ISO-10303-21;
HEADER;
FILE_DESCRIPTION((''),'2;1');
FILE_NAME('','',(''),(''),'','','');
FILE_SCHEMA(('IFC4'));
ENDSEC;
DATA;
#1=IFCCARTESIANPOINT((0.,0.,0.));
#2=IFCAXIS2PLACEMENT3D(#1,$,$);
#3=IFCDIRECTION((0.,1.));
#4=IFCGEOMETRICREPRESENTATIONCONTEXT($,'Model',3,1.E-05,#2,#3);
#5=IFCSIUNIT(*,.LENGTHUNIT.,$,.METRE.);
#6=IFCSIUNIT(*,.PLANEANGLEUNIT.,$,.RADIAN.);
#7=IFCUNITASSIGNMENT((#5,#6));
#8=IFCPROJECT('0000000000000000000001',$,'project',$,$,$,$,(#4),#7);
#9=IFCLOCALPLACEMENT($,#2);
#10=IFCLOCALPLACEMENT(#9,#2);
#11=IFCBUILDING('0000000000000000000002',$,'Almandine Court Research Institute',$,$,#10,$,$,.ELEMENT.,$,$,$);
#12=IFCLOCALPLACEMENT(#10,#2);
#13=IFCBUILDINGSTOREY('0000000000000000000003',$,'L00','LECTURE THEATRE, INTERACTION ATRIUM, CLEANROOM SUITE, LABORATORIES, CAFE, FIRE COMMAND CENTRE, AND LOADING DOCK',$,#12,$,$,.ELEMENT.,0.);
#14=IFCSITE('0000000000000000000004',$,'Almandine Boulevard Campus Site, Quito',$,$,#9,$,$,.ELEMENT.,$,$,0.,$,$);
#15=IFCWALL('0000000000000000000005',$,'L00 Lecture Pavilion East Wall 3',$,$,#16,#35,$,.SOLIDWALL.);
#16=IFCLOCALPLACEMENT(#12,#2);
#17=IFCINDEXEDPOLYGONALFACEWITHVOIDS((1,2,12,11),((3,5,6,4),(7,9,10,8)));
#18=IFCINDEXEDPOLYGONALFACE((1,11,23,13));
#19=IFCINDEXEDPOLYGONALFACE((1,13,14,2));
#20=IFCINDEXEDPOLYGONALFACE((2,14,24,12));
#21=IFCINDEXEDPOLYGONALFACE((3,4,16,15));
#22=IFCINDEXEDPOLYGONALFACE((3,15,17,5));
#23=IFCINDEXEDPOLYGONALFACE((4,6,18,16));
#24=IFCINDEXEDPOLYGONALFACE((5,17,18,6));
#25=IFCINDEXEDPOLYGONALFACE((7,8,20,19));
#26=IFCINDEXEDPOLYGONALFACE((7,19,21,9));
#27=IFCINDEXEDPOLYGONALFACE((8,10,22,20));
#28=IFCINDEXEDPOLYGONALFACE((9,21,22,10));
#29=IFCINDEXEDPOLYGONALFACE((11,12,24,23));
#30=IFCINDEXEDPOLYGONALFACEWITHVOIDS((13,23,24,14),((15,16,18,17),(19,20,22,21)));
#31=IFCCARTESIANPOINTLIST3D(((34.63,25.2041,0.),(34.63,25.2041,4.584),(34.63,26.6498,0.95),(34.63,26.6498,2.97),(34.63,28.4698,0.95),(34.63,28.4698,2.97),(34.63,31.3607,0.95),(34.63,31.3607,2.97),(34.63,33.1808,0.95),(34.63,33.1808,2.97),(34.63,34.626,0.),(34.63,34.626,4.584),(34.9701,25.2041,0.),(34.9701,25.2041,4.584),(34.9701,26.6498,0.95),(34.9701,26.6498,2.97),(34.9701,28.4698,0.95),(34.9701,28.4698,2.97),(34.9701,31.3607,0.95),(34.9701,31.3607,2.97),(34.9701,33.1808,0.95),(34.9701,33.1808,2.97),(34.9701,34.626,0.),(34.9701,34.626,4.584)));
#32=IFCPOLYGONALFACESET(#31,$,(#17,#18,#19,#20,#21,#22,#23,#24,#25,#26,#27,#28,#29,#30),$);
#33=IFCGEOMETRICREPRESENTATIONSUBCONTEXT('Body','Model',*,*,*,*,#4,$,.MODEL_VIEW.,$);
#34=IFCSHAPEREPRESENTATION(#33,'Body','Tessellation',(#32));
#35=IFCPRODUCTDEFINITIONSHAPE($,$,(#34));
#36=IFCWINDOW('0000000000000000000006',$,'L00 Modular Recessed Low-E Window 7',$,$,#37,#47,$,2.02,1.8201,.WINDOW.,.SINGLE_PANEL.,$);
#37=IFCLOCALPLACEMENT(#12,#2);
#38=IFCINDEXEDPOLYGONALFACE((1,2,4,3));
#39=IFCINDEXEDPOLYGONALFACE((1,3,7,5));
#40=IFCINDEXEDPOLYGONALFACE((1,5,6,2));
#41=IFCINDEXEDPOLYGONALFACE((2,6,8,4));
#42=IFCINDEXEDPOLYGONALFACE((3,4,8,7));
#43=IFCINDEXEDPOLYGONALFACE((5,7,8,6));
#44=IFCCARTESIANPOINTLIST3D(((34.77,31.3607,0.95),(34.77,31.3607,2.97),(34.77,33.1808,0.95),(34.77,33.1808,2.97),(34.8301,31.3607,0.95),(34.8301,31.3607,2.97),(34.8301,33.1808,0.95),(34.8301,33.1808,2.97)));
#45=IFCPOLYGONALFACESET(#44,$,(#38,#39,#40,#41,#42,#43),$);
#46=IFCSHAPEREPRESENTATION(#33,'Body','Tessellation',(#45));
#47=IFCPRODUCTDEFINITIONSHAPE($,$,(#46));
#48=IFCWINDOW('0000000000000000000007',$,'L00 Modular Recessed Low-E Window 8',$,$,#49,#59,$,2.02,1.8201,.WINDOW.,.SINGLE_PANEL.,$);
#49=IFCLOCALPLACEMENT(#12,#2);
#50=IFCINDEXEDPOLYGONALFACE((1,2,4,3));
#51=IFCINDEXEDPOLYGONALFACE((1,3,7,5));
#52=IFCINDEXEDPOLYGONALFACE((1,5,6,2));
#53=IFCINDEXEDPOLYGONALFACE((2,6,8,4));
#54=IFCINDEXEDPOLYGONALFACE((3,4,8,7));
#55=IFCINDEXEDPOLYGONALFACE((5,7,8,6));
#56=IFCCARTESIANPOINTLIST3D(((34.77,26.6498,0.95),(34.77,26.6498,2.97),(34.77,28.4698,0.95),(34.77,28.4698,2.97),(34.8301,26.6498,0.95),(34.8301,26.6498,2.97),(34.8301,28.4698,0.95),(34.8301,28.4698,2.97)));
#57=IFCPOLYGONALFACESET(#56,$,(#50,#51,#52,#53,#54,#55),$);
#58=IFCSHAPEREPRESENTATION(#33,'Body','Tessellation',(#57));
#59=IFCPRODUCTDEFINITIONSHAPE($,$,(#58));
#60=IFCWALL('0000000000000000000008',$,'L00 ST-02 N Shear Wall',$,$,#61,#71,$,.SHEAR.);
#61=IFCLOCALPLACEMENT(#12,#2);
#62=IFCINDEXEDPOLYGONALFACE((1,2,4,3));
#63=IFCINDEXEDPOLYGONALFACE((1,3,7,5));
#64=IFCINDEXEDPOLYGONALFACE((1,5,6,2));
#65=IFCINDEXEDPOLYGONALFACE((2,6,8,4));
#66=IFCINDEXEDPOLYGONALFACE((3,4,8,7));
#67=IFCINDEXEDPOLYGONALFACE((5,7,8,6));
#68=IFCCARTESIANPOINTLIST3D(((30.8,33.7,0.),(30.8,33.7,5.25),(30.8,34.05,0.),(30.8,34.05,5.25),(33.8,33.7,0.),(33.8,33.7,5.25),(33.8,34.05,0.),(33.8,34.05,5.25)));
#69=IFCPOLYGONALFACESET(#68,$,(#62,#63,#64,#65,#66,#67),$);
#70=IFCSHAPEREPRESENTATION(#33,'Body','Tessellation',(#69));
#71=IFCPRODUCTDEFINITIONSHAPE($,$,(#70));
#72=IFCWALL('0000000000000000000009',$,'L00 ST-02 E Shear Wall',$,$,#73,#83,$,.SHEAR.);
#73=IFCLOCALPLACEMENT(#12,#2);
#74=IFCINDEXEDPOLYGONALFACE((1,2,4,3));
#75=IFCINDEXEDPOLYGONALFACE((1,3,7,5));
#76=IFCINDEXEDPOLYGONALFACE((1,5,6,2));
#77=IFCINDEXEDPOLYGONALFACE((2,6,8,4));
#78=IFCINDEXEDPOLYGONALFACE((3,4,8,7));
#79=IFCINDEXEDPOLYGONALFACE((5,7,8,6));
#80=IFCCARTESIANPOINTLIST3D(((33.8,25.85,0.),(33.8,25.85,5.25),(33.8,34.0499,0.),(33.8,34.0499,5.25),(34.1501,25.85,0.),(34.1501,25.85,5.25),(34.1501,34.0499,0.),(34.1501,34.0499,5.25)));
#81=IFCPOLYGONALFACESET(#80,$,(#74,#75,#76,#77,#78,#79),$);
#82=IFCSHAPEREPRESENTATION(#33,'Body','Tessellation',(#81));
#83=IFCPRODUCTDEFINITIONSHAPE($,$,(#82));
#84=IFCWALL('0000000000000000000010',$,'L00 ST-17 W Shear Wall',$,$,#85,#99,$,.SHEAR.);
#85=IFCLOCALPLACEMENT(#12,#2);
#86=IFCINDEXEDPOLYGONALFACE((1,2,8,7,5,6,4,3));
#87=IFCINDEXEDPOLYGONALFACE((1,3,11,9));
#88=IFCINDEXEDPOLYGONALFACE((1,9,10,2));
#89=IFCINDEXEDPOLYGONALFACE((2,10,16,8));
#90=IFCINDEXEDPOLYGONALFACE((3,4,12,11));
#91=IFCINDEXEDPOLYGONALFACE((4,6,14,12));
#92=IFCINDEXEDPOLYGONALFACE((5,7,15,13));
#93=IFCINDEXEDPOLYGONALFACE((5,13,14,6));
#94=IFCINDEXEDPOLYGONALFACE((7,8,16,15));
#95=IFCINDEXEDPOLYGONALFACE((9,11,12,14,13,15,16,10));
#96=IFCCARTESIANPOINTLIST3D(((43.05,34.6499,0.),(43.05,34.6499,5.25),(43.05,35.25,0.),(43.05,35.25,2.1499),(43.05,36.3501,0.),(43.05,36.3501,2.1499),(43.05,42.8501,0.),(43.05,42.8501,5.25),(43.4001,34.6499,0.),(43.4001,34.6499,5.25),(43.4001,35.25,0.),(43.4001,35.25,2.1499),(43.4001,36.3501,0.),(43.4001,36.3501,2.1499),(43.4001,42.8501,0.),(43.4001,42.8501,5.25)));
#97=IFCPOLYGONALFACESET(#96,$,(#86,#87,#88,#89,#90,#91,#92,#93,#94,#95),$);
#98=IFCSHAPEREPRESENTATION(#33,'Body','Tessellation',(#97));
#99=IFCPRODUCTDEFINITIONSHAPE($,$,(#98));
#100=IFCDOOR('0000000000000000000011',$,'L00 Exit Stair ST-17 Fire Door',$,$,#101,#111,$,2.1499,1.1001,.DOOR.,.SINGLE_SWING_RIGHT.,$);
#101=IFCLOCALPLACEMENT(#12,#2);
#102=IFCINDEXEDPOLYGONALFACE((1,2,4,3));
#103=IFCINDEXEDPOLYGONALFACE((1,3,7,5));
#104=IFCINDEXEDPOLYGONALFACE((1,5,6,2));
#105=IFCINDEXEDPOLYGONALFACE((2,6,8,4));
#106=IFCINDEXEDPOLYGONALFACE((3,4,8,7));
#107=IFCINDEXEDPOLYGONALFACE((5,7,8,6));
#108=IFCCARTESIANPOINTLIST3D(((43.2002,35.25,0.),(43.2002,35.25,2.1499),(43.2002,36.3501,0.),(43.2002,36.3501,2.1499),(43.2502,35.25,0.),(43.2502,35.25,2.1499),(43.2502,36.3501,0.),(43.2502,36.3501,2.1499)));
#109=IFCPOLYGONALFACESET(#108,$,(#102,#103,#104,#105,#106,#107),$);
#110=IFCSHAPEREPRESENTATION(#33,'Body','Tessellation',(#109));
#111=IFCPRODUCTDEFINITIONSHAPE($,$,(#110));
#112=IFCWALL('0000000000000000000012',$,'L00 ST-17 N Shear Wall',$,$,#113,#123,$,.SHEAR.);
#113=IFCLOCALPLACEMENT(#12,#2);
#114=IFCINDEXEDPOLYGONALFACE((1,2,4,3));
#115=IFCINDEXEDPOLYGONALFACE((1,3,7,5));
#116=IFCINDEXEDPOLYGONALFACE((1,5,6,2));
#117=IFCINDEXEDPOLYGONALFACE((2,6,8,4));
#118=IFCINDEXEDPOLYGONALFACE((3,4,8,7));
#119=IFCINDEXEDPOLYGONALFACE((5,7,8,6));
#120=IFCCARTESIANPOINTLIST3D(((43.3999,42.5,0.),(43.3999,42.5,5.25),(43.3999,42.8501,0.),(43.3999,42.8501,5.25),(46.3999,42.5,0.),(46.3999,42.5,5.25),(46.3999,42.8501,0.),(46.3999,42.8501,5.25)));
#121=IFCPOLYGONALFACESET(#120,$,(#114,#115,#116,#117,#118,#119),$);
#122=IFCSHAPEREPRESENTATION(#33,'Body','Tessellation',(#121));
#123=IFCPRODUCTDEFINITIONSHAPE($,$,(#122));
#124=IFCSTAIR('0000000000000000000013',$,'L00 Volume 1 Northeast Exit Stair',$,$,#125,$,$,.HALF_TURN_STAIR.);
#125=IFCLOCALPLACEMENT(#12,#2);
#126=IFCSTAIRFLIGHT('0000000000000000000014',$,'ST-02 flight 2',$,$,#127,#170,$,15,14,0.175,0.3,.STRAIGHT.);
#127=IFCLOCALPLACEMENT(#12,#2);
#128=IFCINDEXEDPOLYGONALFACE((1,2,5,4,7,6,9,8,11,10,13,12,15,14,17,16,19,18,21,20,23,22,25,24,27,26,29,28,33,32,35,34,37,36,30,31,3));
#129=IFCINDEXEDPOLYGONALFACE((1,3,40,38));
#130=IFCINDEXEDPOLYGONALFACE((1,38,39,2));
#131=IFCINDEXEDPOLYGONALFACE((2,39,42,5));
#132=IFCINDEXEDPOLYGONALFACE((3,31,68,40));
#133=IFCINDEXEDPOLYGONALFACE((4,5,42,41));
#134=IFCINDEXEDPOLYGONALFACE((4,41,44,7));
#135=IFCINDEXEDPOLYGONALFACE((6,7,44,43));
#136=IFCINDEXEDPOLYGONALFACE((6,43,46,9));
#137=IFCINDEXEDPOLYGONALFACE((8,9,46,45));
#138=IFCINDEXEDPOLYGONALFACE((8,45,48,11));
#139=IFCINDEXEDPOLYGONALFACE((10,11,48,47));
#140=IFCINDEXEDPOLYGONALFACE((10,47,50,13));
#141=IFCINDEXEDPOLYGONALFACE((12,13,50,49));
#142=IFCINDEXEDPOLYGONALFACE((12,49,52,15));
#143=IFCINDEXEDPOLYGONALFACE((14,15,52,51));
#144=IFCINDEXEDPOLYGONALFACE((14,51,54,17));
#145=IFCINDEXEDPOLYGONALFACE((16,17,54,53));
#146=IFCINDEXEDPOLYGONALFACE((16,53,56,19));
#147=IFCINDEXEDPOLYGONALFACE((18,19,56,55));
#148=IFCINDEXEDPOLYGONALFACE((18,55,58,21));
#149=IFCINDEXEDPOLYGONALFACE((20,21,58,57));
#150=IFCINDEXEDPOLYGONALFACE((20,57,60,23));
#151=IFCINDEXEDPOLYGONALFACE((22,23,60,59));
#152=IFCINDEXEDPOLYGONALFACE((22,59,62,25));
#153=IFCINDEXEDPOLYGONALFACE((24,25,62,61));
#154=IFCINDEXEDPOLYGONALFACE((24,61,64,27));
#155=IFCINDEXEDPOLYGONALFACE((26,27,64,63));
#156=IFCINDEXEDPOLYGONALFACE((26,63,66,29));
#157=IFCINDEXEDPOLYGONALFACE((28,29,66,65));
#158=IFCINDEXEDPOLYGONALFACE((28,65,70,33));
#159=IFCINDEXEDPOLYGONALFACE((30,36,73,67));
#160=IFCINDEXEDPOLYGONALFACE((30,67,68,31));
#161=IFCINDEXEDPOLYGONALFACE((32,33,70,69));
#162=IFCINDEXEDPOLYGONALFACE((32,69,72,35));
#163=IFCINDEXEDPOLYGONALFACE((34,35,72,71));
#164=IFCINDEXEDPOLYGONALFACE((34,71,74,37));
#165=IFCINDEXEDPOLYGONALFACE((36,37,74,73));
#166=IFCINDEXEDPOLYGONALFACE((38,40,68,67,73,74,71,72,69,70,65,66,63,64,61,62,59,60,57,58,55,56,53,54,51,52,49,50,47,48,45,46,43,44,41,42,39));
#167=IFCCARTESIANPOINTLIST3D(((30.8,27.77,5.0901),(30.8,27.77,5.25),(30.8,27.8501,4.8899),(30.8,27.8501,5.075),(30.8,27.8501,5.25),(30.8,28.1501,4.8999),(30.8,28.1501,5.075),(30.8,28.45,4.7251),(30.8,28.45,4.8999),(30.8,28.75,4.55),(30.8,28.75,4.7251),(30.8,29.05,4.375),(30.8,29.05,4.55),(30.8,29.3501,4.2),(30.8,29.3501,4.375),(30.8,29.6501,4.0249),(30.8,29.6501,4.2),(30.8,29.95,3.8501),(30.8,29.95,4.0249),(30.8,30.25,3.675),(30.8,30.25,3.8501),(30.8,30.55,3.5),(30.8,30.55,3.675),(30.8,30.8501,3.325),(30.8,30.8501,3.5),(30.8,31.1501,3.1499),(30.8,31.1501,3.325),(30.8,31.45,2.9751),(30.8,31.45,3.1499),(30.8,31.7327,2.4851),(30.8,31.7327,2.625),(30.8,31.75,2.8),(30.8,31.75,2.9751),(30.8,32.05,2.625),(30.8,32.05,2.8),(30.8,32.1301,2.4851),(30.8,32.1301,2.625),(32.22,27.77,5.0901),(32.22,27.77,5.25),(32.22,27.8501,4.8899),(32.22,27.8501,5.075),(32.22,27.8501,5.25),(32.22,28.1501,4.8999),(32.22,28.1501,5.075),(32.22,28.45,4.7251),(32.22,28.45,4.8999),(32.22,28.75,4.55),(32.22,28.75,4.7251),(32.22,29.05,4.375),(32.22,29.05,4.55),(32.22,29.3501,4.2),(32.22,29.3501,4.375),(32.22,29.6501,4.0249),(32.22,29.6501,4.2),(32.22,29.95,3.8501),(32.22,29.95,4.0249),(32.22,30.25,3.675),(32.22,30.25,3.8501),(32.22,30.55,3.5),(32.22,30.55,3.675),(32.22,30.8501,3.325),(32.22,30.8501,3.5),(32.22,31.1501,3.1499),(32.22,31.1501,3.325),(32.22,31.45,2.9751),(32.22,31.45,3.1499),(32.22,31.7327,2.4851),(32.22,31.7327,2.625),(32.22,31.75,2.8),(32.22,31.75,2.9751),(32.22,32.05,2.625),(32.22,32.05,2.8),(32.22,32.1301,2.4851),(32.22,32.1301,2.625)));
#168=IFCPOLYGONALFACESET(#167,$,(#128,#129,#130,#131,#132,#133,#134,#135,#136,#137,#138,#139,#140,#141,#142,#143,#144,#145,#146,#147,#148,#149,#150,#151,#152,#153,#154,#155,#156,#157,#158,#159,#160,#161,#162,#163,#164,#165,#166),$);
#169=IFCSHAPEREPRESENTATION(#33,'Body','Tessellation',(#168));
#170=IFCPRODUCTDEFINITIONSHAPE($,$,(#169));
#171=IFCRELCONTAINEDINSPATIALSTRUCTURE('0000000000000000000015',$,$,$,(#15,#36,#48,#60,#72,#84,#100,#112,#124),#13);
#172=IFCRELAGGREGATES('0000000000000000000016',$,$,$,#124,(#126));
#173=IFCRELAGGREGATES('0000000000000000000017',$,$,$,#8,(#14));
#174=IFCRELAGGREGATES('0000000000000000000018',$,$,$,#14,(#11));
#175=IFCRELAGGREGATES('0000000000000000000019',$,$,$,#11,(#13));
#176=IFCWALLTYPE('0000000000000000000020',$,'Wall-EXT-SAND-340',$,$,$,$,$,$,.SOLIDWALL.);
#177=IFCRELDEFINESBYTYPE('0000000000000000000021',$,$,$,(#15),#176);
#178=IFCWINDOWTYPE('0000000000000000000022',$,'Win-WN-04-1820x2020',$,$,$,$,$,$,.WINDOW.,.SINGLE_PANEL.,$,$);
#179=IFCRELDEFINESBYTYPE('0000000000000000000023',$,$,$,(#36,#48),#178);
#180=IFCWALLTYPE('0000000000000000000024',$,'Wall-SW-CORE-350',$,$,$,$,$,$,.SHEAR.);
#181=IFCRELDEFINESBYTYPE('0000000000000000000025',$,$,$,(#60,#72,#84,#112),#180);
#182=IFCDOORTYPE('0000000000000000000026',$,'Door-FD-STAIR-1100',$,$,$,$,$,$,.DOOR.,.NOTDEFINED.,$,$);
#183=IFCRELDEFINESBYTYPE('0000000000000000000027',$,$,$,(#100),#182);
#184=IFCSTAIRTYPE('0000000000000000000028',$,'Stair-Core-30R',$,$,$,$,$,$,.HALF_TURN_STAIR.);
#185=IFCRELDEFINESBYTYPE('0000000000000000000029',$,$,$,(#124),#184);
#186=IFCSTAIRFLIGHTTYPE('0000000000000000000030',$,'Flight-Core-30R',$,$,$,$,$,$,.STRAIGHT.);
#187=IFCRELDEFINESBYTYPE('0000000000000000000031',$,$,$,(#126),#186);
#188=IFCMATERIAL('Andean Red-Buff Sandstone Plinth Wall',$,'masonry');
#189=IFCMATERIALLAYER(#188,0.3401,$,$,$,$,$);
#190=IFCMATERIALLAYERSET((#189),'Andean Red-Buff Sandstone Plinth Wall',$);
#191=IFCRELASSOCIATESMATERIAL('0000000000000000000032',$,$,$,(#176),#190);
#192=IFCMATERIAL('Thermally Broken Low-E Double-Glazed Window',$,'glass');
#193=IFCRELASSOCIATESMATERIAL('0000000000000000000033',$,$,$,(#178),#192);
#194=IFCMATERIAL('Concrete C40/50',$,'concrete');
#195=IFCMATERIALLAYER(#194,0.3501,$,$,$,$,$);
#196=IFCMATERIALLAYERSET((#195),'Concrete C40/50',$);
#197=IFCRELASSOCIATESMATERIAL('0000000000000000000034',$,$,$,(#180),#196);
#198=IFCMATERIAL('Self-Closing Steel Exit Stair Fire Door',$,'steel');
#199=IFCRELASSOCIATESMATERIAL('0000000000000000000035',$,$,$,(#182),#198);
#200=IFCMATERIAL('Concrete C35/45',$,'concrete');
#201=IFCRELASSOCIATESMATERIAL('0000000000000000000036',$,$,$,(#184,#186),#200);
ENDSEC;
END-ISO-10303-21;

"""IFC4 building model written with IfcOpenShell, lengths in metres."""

from ifc_helpers import new_model, si_unit, direction, frame, frame_2d, origin, place, context, subcontext, project, spatial, polyline, rectangle, outline, extrude, material, layer, layer_set, type_object, element, fill, aggregate, save


model = new_model("IFC4")

# Units and contexts
model_context = context("Model", 3, precision=1e-05, world=origin(), true_north=direction((0.0, 1.0)))
body_context = subcontext(model_context, "Body", "Model", "MODEL_VIEW")
ifc_project = project(units=[si_unit("LENGTHUNIT", "METRE"), si_unit("PLANEANGLEUNIT", "RADIAN")], contexts=[model_context])

# Site, building, storey
site_placement = place(None, origin())
site = spatial("IfcSite", under=ifc_project, at=site_placement, Name="Almandine Boulevard Campus Site, Quito", CompositionType="ELEMENT", RefElevation=0.0)
building_placement = place(site_placement, origin())
building = spatial("IfcBuilding", under=site, at=building_placement, Name="Almandine Court Research Institute", CompositionType="ELEMENT")
storey_placement = place(building_placement, origin())
storey = spatial("IfcBuildingStorey", under=building, at=storey_placement, Name="L00", Description="LECTURE THEATRE, INTERACTION ATRIUM, CLEANROOM SUITE, LABORATORIES, CAFE, FIRE COMMAND CENTRE, AND LOADING DOCK", CompositionType="ELEMENT", Elevation=0.0)

# Wall, openings, windows
ifc_material_1 = material(Name="Andean Red-Buff Sandstone Plinth Wall", Category="masonry")
ifc_layer_1 = layer(ifc_material_1, 0.3401)
ifc_layer_set_1 = layer_set([ifc_layer_1], Name="Andean Red-Buff Sandstone Plinth Wall")
wall_type_1 = type_object("IfcWallType", Name="Wall-EXT-SAND-340", PredefinedType="SOLIDWALL", material=ifc_layer_set_1)
wall_1_placement = place(storey_placement, frame((34.8, 34.626, 0.0), z_axis=(0.0, 0.0, 1.0), x_axis=(0.0, -1.0, 0.0)))
wall_1 = element("IfcWall", 1, at=wall_1_placement, inside=storey, type_object=wall_type_1, Name="L00 Lecture Pavilion East Wall 3", PredefinedType="SOLIDWALL", context=body_context, shape_type="SweptSolid", body=[
    extrude(rectangle(XDim=9.4219, YDim=0.3401, at=frame_2d((4.7109, 0.0))), origin(), (0.0, 0.0, 1.0), 4.584),
])
opening_1_placement = place(wall_1_placement, frame((1.4451, 0.0, 0.95)))
opening_1 = element("IfcOpeningElement", 2, at=opening_1_placement, cuts=wall_1, PredefinedType="OPENING", context=body_context, shape_type="SweptSolid", body=[
    extrude(rectangle(XDim=1.8201, YDim=2.02, at=frame_2d((0.9102, 1.01))), frame((0.0, 0.1799, 0.0), z_axis=(0.0, -1.0, 0.0), x_axis=(1.0, 0.0, 0.0)), (0.0, 0.0, 1.0), 0.3601),
])
opening_2_placement = place(wall_1_placement, frame((6.156, 0.0, 0.95)))
opening_2 = element("IfcOpeningElement", 3, at=opening_2_placement, cuts=wall_1, PredefinedType="OPENING", context=body_context, shape_type="SweptSolid", body=[
    extrude(rectangle(XDim=1.8201, YDim=2.02, at=frame_2d((0.9102, 1.01))), frame((0.0, 0.1799, 0.0), z_axis=(0.0, -1.0, 0.0), x_axis=(1.0, 0.0, 0.0)), (0.0, 0.0, 1.0), 0.3601),
])
ifc_material_2 = material(Name="Thermally Broken Low-E Double-Glazed Window", Category="glass")
window_type = type_object("IfcWindowType", Name="Win-WN-04-1820x2020", PartitioningType="SINGLE_PANEL", PredefinedType="WINDOW", material=ifc_material_2)
window_1_placement = place(opening_1_placement, origin())
window_1 = element("IfcWindow", 4, at=window_1_placement, inside=storey, type_object=window_type, Name="L00 Modular Recessed Low-E Window 7", OverallHeight=2.02, OverallWidth=1.8201, PartitioningType="SINGLE_PANEL", PredefinedType="WINDOW", context=body_context, shape_type="SweptSolid", body=[
    extrude(rectangle(XDim=1.8201, YDim=2.02, at=frame_2d((0.9102, 1.01))), frame((0.0, 0.03, 0.0), z_axis=(0.0, -1.0, 0.0), x_axis=(1.0, 0.0, 0.0)), (0.0, 0.0, 1.0), 0.0601),
])
fill(opening_1, window_1)
window_2_placement = place(opening_2_placement, origin())
window_2 = element("IfcWindow", 5, at=window_2_placement, inside=storey, type_object=window_type, Name="L00 Modular Recessed Low-E Window 8", OverallHeight=2.02, OverallWidth=1.8201, PartitioningType="SINGLE_PANEL", PredefinedType="WINDOW", context=body_context, shape_type="SweptSolid", body=[
    extrude(rectangle(XDim=1.8201, YDim=2.02, at=frame_2d((0.9102, 1.01))), frame((0.0, 0.03, 0.0), z_axis=(0.0, -1.0, 0.0), x_axis=(1.0, 0.0, 0.0)), (0.0, 0.0, 1.0), 0.0601),
])
fill(opening_2, window_2)

# Walls
ifc_material_3 = material(Name="Concrete C40/50", Category="concrete")
ifc_layer_2 = layer(ifc_material_3, 0.3501)
ifc_layer_set_2 = layer_set([ifc_layer_2], Name="Concrete C40/50")
wall_type_2 = type_object("IfcWallType", Name="Wall-SW-CORE-350", PredefinedType="SHEAR", material=ifc_layer_set_2)
wall_2_placement = place(storey_placement, frame((30.8, 33.875, 0.0), z_axis=(0.0, 0.0, 1.0), x_axis=(1.0, 0.0, 0.0)))
element("IfcWall", 6, at=wall_2_placement, inside=storey, type_object=wall_type_2, Name="L00 ST-02 N Shear Wall", PredefinedType="SHEAR", context=body_context, shape_type="SweptSolid", body=[
    extrude(rectangle(XDim=3.0, YDim=0.3501, at=frame_2d((1.5, 0.0))), origin(), (0.0, 0.0, 1.0), 5.25),
])
wall_3_placement = place(storey_placement, frame((33.9751, 34.05, 0.0), z_axis=(0.0, 0.0, 1.0), x_axis=(0.0, -1.0, 0.0)))
element("IfcWall", 7, at=wall_3_placement, inside=storey, type_object=wall_type_2, Name="L00 ST-02 E Shear Wall", PredefinedType="SHEAR", context=body_context, shape_type="SweptSolid", body=[
    extrude(rectangle(XDim=8.2, YDim=0.3501, at=frame_2d((4.1001, 0.0))), origin(), (0.0, 0.0, 1.0), 5.25),
])

# Wall, opening, door
wall_4_placement = place(storey_placement, frame((43.2251, 34.6499, 0.0), z_axis=(0.0, 0.0, 1.0), x_axis=(0.0, 1.0, 0.0)))
wall_4 = element("IfcWall", 8, at=wall_4_placement, inside=storey, type_object=wall_type_2, Name="L00 ST-17 W Shear Wall", PredefinedType="SHEAR", context=body_context, shape_type="SweptSolid", body=[
    extrude(rectangle(XDim=8.2002, YDim=0.3501, at=frame_2d((4.1001, 0.0))), origin(), (0.0, 0.0, 1.0), 5.25),
])
opening_3_placement = place(wall_4_placement, frame((0.6001, 0.0, 0.0)))
opening_3 = element("IfcOpeningElement", 9, at=opening_3_placement, cuts=wall_4, PredefinedType="OPENING", context=body_context, shape_type="SweptSolid", body=[
    extrude(rectangle(XDim=1.1001, YDim=2.1499, at=frame_2d((0.55, 1.075))), frame((0.0, 0.1851, 0.0), z_axis=(0.0, -1.0, 0.0), x_axis=(1.0, 0.0, 0.0)), (0.0, 0.0, 1.0), 0.3701),
])
ifc_material_4 = material(Name="Self-Closing Steel Exit Stair Fire Door", Category="steel")
door_type = type_object("IfcDoorType", Name="Door-FD-STAIR-1100", OperationType="NOTDEFINED", PredefinedType="DOOR", material=ifc_material_4)
door_placement = place(opening_3_placement, origin())
door = element("IfcDoor", 10, at=door_placement, inside=storey, type_object=door_type, Name="L00 Exit Stair ST-17 Fire Door", OperationType="SINGLE_SWING_RIGHT", OverallHeight=2.1499, OverallWidth=1.1001, PredefinedType="DOOR", context=body_context, shape_type="SweptSolid", body=[
    extrude(rectangle(XDim=1.1001, YDim=2.1499, at=frame_2d((0.55, 1.075))), frame((0.0, 0.0249, 0.0), z_axis=(0.0, -1.0, 0.0), x_axis=(1.0, 0.0, 0.0)), (0.0, 0.0, 1.0), 0.05),
])
fill(opening_3, door)

# Wall
wall_5_placement = place(storey_placement, frame((43.3999, 42.675, 0.0), z_axis=(0.0, 0.0, 1.0), x_axis=(1.0, 0.0, 0.0)))
element("IfcWall", 11, at=wall_5_placement, inside=storey, type_object=wall_type_2, Name="L00 ST-17 N Shear Wall", PredefinedType="SHEAR", context=body_context, shape_type="SweptSolid", body=[
    extrude(rectangle(XDim=3.0, YDim=0.3501, at=frame_2d((1.5, 0.0))), origin(), (0.0, 0.0, 1.0), 5.25),
])

# Stair, stair flight
ifc_material_5 = material(Name="Concrete C35/45", Category="concrete")
stair_type = type_object("IfcStairType", Name="Stair-Core-30R", PredefinedType="HALF_TURN_STAIR", material=ifc_material_5)
stair_1_placement = place(storey_placement, origin())
stair_1 = element("IfcStair", 12, at=stair_1_placement, inside=storey, type_object=stair_type, Name="L00 Volume 1 Northeast Exit Stair", PredefinedType="HALF_TURN_STAIR")
stair_flight_type = type_object("IfcStairFlightType", Name="Flight-Core-30R", PredefinedType="STRAIGHT", material=ifc_material_5)
stair_flight_1_placement = place(storey_placement, frame((31.51, 32.05, 2.625), z_axis=(0.0, 0.0, 1.0), x_axis=(0.0, -1.0, 0.0)))
stair_flight_1 = element("IfcStairFlight", 13, at=stair_flight_1_placement, type_object=stair_flight_type, Name="ST-02 flight 2", NumberOfRisers=15, NumberOfTreads=14, PredefinedType="STRAIGHT", RiserHeight=0.175, TreadLength=0.3, context=body_context, shape_type="SweptSolid", body=[
    extrude(outline(polyline([(-0.0801, -0.1399), (-0.0801, 0.0), (0.0, 0.0), (0.0, 0.175), (0.3, 0.175), (0.3, 0.3501), (0.6001, 0.3501), (0.6001, 0.5249), (0.8999, 0.5249), (0.8999, 0.7), (1.2, 0.7), (1.2, 0.875), (1.5, 0.875), (1.5, 1.05), (1.8, 1.05), (1.8, 1.2251), (2.1001, 1.2251), (2.1001, 1.3999), (2.3999, 1.3999), (2.3999, 1.575), (2.7, 1.575), (2.7, 1.75), (3.0, 1.75), (3.0, 1.925), (3.3, 1.925), (3.3, 2.1001), (3.6001, 2.1001), (3.6001, 2.2749), (3.8999, 2.2749), (3.8999, 2.45), (4.2, 2.45), (4.2, 2.625), (4.28, 2.625), (4.28, 2.4651), (4.2, 2.2649), (0.3174, 0.0), (0.3174, -0.1399), (-0.0801, -0.1399)])), frame((0.0, 0.71, 0.0), z_axis=(0.0, -1.0, 0.0), x_axis=(1.0, 0.0, 0.0)), (0.0, 0.0, 1.0), 1.4199),
])
aggregate(stair_1, [stair_flight_1])

save(model, "model.ifc")
